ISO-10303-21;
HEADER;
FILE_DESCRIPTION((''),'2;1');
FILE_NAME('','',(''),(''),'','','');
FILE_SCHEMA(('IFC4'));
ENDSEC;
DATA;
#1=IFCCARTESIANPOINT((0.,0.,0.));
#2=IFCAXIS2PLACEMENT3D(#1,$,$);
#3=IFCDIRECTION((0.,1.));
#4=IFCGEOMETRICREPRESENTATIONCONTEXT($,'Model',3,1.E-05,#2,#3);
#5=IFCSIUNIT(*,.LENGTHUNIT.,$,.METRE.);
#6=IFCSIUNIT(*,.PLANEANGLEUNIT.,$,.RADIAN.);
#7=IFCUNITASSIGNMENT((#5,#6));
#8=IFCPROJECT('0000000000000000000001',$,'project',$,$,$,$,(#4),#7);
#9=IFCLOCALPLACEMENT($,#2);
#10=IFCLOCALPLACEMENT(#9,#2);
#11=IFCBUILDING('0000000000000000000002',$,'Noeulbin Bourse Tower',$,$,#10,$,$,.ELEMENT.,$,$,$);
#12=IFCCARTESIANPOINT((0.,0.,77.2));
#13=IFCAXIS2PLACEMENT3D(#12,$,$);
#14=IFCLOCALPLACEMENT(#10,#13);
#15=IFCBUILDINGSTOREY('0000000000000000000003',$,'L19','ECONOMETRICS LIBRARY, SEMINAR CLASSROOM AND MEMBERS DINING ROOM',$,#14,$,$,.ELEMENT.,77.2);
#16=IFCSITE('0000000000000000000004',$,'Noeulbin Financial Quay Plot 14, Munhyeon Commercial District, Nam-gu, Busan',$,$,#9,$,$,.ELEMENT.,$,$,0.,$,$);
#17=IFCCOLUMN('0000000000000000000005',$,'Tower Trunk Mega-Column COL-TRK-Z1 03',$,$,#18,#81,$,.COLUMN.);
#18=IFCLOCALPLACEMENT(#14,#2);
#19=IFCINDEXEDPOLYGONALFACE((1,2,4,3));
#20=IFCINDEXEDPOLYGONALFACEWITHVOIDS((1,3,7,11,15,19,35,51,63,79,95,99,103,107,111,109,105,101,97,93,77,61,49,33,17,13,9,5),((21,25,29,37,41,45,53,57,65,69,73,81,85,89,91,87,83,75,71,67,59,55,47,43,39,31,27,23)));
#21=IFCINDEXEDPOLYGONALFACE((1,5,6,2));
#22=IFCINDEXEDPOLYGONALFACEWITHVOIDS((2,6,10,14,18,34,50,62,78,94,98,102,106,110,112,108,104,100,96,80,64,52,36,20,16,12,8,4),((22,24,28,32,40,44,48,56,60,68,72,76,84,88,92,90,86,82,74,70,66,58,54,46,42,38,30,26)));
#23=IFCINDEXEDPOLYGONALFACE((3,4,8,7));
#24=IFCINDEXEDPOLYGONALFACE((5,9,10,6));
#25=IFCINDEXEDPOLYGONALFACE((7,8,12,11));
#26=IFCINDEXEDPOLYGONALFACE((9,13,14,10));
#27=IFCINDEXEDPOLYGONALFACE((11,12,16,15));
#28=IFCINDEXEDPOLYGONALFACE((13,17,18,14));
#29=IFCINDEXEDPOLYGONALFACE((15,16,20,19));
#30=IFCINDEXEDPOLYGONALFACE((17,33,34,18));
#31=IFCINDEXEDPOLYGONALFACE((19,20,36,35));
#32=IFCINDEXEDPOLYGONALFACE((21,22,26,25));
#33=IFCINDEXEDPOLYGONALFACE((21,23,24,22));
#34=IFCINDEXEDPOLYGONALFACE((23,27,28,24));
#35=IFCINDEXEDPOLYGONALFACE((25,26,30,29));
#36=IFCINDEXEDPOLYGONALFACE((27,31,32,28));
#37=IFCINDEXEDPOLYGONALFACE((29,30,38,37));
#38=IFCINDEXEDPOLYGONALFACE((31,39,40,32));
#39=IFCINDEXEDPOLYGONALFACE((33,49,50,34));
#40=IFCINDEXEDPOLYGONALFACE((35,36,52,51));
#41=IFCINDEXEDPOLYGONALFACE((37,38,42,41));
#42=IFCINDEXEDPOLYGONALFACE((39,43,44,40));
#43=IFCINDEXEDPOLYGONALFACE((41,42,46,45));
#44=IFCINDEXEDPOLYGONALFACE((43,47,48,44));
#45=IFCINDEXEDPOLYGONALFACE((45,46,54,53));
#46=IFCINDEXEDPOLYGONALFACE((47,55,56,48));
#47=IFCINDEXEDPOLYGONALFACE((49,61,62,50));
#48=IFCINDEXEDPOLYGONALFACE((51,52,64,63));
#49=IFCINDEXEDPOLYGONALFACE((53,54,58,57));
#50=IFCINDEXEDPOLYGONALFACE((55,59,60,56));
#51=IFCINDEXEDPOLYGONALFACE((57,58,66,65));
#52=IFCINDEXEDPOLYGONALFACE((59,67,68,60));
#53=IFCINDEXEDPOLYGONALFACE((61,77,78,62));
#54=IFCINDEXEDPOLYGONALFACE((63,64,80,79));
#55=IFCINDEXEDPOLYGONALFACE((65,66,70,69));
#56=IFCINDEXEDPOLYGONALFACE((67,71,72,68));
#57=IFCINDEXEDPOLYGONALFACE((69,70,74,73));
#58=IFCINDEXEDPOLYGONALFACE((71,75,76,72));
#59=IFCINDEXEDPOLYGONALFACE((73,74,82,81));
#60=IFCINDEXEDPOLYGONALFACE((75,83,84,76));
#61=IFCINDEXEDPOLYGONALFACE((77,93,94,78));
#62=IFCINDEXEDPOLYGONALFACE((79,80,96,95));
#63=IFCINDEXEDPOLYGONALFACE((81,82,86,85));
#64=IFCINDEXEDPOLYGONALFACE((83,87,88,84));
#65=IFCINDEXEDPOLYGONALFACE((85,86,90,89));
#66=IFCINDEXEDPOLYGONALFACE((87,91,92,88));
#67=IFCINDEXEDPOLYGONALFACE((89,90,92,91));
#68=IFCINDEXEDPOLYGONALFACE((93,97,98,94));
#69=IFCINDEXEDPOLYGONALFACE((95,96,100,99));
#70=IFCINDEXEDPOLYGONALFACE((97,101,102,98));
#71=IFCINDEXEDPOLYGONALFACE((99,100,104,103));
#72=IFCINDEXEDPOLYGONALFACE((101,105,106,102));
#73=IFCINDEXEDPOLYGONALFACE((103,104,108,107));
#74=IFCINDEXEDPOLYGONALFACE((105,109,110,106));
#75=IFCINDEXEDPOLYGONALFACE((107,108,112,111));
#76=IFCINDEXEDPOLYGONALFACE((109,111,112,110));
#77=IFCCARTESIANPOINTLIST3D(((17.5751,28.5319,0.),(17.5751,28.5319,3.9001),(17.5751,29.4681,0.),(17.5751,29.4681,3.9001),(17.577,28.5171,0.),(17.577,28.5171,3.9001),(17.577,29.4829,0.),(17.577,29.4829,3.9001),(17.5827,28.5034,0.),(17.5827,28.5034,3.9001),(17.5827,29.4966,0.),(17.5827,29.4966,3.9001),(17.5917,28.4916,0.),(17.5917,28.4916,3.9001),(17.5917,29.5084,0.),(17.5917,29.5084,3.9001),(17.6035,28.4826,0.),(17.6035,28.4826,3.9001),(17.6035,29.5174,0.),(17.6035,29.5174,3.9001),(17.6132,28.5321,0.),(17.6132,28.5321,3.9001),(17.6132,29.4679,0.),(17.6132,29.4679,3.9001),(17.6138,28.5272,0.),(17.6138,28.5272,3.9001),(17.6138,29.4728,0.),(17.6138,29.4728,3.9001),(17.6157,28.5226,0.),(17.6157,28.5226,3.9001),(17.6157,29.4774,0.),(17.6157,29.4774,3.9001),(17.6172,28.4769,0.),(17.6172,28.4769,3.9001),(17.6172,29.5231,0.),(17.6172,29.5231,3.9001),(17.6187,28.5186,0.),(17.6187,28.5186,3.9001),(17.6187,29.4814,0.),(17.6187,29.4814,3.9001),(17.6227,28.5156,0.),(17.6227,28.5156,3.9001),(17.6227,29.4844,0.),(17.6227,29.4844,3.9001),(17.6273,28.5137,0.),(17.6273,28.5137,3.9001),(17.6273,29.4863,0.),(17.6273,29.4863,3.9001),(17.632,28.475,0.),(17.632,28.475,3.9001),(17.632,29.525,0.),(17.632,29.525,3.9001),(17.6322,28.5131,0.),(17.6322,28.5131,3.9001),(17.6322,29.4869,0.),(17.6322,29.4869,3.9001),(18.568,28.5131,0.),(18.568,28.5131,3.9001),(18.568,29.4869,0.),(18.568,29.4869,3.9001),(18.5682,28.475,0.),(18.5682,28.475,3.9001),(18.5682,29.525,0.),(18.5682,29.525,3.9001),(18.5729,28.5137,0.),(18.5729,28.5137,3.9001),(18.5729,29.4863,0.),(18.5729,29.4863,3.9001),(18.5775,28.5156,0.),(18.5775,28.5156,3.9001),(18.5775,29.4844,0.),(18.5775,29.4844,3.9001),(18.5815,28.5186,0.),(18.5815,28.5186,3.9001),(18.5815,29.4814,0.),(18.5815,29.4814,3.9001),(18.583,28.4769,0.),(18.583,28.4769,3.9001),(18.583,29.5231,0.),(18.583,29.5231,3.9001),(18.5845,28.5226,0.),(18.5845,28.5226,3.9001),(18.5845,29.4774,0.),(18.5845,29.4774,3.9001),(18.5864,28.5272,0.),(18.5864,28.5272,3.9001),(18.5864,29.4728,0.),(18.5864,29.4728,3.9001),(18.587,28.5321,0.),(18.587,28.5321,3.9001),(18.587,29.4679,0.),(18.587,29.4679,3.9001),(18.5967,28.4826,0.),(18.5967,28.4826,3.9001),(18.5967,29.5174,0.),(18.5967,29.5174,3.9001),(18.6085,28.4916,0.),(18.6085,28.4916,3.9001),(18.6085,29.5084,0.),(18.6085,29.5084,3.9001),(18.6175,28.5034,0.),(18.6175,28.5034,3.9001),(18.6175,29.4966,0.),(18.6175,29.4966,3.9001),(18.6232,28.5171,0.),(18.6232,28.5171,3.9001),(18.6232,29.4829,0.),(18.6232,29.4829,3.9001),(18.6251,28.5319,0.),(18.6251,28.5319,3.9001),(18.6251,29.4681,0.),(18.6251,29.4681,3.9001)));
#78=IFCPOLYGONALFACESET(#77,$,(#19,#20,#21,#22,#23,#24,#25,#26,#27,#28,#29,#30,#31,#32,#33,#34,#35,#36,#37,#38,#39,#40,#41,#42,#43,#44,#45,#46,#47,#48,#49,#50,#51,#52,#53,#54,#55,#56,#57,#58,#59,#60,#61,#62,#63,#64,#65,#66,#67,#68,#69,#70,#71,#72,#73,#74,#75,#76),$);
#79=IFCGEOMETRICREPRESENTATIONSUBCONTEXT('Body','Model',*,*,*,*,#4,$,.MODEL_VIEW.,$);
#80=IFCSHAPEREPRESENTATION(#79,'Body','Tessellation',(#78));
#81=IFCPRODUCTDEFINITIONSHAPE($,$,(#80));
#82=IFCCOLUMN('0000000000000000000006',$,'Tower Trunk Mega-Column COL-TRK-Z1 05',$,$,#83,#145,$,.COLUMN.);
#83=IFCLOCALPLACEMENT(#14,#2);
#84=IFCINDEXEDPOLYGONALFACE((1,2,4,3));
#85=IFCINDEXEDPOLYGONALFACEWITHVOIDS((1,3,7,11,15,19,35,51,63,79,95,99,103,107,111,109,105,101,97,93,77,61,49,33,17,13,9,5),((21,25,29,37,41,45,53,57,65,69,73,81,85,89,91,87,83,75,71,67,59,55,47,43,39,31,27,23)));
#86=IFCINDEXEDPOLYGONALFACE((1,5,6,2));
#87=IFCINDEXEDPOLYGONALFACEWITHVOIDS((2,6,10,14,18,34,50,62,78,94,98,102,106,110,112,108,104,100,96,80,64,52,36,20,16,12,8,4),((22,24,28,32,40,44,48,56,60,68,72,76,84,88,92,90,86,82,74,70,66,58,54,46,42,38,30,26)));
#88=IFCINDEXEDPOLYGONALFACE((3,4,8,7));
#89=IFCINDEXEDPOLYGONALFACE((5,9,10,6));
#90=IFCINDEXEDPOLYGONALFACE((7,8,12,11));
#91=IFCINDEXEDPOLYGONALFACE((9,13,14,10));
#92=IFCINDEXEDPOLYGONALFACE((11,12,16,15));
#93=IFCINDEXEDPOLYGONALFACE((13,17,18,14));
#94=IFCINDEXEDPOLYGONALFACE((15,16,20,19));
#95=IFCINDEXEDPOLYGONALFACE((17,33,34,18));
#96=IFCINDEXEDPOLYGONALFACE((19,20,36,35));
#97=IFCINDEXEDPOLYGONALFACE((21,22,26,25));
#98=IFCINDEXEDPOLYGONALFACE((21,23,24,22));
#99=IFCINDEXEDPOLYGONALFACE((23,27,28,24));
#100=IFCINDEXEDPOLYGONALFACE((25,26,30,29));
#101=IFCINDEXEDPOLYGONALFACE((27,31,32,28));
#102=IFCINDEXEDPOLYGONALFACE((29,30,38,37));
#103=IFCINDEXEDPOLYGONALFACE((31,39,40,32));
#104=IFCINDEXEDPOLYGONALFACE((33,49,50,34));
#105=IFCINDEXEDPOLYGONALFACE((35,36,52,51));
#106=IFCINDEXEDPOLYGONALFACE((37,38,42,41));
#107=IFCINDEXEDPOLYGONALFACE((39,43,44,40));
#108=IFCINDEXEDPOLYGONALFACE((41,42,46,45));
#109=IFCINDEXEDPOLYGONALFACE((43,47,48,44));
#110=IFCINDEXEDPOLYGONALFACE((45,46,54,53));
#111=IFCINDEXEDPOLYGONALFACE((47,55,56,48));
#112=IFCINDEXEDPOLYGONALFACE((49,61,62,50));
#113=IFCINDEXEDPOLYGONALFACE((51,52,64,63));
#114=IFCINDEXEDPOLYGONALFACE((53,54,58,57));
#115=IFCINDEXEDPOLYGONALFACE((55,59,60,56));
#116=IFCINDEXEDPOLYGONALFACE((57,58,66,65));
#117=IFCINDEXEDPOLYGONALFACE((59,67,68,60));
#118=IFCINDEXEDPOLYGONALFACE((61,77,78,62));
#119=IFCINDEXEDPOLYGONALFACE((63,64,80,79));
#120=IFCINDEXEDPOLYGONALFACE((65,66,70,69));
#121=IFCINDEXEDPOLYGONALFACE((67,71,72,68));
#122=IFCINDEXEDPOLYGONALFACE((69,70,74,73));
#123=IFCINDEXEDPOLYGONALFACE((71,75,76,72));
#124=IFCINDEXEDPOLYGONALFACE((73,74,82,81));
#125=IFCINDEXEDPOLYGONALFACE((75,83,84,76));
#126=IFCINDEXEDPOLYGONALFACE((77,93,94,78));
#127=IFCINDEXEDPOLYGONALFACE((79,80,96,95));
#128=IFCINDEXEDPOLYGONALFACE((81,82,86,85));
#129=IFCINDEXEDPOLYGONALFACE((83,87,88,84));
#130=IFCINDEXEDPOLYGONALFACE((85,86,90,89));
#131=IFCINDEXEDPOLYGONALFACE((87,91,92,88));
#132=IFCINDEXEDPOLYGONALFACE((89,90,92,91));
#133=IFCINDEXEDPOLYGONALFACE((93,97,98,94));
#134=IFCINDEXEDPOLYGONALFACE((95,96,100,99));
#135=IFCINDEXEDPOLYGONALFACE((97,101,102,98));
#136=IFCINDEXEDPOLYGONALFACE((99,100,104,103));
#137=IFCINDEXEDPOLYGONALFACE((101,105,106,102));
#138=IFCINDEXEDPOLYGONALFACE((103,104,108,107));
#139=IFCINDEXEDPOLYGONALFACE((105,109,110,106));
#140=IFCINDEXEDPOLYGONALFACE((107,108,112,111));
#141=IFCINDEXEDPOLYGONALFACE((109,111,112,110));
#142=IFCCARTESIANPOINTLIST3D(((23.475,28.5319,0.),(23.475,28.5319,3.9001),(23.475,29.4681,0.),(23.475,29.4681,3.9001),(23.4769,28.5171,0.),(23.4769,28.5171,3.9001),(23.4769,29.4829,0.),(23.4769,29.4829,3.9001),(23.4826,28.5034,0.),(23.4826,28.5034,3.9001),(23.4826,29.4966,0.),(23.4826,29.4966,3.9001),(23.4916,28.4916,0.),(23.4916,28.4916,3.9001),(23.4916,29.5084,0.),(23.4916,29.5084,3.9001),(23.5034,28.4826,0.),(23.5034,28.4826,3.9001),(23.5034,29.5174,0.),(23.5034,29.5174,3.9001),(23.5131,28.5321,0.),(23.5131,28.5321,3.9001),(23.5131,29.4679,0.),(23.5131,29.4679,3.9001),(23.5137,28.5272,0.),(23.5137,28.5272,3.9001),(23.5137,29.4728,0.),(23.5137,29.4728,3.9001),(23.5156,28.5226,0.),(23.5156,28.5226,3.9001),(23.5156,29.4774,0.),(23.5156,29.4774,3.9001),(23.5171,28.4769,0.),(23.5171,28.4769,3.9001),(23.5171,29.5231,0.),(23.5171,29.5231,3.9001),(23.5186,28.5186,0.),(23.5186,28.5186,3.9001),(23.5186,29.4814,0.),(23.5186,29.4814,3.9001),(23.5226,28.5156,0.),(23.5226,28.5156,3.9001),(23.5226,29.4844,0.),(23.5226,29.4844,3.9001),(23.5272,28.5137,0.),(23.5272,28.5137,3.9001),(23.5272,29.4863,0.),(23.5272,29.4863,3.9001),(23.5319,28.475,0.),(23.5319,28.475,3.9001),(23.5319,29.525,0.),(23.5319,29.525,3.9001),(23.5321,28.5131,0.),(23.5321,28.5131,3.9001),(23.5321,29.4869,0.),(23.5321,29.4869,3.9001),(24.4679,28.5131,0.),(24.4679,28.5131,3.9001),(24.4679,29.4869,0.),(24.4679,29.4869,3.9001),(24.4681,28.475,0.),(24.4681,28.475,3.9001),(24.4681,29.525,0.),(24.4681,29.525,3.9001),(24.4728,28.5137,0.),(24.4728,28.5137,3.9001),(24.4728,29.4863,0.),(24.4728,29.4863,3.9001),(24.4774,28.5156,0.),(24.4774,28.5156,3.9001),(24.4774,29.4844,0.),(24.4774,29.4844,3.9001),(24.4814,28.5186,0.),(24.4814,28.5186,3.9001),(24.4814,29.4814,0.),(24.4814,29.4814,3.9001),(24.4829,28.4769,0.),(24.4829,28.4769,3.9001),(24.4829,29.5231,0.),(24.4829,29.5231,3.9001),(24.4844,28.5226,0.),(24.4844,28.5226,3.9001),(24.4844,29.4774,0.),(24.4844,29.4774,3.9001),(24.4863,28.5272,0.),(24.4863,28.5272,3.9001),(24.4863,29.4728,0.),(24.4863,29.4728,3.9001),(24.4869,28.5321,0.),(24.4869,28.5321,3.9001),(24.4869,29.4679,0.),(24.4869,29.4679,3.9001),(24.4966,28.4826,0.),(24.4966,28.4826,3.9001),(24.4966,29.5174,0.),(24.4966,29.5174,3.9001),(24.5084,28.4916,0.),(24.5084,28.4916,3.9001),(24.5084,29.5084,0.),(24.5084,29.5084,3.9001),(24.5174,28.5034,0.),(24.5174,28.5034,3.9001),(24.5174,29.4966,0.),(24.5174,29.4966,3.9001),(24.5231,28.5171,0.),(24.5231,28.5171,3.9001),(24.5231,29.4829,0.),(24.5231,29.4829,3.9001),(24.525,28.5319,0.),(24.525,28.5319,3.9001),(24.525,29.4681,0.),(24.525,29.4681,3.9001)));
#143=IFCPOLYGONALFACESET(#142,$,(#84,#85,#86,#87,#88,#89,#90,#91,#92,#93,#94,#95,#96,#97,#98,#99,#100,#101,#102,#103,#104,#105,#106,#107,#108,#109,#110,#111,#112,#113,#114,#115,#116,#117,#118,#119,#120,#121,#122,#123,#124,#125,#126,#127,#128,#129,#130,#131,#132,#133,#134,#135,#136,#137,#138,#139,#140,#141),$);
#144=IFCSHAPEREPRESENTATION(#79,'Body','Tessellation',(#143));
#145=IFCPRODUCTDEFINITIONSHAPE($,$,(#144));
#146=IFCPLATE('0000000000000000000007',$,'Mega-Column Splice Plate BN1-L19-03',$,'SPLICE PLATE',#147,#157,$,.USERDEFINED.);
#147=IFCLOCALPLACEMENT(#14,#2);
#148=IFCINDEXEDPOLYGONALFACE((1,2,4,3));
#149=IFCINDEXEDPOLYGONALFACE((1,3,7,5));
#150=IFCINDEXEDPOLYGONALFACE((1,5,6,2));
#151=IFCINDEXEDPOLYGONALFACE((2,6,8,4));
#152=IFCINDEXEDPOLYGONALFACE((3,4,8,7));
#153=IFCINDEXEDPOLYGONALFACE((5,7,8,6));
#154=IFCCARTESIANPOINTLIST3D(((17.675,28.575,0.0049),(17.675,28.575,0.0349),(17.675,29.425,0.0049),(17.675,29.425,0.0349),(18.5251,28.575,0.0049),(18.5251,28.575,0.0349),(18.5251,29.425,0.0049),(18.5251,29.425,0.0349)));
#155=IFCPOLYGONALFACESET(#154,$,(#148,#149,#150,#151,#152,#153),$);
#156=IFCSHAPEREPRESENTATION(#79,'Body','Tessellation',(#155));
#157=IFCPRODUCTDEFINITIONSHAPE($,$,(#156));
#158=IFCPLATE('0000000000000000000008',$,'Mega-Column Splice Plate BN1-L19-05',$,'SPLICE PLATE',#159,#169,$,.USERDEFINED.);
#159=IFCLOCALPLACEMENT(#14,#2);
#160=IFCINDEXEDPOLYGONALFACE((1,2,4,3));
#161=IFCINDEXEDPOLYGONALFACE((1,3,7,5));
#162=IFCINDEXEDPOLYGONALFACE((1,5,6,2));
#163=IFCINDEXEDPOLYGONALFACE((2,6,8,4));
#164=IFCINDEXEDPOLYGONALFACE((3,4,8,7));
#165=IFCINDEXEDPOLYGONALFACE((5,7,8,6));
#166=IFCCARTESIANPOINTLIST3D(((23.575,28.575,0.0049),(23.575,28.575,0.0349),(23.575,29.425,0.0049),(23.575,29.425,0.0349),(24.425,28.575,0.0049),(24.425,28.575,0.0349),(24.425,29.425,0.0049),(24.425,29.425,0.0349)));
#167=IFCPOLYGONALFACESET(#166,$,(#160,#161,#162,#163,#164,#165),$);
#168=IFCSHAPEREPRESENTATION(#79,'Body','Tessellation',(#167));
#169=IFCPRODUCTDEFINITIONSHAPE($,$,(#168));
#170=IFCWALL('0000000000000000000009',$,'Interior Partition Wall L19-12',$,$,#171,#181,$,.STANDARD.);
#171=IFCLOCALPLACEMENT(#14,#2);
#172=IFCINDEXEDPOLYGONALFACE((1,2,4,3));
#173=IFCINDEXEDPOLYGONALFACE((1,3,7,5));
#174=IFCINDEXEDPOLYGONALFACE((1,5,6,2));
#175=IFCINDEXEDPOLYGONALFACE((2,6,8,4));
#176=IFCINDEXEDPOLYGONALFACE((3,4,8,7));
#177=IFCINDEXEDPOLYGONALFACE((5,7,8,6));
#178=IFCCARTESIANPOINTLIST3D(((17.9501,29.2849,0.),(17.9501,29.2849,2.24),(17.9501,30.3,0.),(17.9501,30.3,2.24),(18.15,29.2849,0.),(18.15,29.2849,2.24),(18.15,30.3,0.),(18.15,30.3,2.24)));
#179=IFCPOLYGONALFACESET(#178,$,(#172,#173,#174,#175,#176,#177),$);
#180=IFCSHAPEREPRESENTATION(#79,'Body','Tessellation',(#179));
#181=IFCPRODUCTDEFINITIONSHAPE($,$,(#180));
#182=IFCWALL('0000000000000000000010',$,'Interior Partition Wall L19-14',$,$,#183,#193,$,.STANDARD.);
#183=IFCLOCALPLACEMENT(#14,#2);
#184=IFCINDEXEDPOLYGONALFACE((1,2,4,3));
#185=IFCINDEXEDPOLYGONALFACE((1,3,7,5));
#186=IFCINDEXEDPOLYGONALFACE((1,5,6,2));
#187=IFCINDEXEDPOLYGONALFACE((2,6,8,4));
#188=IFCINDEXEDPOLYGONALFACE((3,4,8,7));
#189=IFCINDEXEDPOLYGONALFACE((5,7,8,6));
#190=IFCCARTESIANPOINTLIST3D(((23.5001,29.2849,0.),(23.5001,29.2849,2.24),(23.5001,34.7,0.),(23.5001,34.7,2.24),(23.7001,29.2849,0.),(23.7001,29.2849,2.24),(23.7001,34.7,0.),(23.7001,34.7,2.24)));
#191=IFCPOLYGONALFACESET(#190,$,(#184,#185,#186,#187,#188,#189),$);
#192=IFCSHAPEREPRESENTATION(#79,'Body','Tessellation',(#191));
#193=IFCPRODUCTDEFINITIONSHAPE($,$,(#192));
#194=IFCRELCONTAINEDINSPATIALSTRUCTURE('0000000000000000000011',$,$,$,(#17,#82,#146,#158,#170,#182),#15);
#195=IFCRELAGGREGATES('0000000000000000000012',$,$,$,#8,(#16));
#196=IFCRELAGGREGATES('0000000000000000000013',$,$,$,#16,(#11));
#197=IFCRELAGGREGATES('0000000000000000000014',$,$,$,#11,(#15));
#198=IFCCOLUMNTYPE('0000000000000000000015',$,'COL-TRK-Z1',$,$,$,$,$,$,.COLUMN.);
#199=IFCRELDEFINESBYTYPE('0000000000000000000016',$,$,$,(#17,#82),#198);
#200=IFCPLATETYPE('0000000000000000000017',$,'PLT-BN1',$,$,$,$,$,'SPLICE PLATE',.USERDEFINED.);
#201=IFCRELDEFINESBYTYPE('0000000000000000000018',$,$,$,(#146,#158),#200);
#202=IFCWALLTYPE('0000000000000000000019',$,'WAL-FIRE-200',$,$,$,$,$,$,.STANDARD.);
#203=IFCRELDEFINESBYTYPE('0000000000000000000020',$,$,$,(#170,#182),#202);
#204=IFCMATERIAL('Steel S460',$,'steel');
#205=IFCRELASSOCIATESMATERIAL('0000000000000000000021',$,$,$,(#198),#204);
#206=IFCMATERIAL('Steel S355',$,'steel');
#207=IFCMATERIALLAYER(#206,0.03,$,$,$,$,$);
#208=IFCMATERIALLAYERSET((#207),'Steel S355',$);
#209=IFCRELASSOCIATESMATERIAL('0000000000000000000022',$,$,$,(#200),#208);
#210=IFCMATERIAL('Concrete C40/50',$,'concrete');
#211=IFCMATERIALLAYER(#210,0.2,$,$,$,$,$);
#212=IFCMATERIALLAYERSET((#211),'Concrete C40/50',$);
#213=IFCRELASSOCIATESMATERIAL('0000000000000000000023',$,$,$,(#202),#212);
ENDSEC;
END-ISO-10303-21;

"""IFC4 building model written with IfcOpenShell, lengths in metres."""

from ifc_helpers import new_model, si_unit, direction, frame, frame_2d, origin, origin_2d, place, context, subcontext, project, spatial, rectangle, hollow_rectangle, extrude, material, layer, layer_set, material_profile, profile_set, type_object, element, save


model = new_model("IFC4")

# Units and contexts
model_context = context("Model", 3, precision=1e-05, world=origin(), true_north=direction((0.0, 1.0)))
body_context = subcontext(model_context, "Body", "Model", "MODEL_VIEW")
ifc_project = project(units=[si_unit("LENGTHUNIT", "METRE"), si_unit("PLANEANGLEUNIT", "RADIAN")], contexts=[model_context])

# Site, building, storey
site_placement = place(None, origin())
site = spatial("IfcSite", under=ifc_project, at=site_placement, Name="Noeulbin Financial Quay Plot 14, Munhyeon Commercial District, Nam-gu, Busan", CompositionType="ELEMENT", RefElevation=0.0)
building_placement = place(site_placement, origin())
building = spatial("IfcBuilding", under=site, at=building_placement, Name="Noeulbin Bourse Tower", CompositionType="ELEMENT")
storey_placement = place(building_placement, frame((0.0, 0.0, 77.2)))
storey = spatial("IfcBuildingStorey", under=building, at=storey_placement, Name="L19", Description="ECONOMETRICS LIBRARY, SEMINAR CLASSROOM AND MEMBERS DINING ROOM", CompositionType="ELEMENT", Elevation=77.2)

# Columns
ifc_material_1 = material(Name="Steel S460", Category="steel")
ifc_material_profile = material_profile(ifc_material_1, hollow_rectangle(XDim=1.05, YDim=1.05, WallThickness=0.0381, InnerFilletRadius=0.019, OuterFilletRadius=0.0569, at=origin_2d()), Name="BOX-1050x1050x38", Category="LoadBearing")
ifc_profile_set = profile_set([ifc_material_profile], Name="Steel S460")
column_type = type_object("IfcColumnType", Name="COL-TRK-Z1", PredefinedType="COLUMN", material=ifc_profile_set)
for number, where, z_axis, x_axis, name in (
    (1, (18.1001, 29.0, 0.0), (0.0, 0.0, 1.0), (1.0, 0.0, 0.0), "Tower Trunk Mega-Column COL-TRK-Z1 03"),
    (2, (24.0, 29.0, 0.0), (0.0, 0.0, 1.0), (1.0, 0.0, 0.0), "Tower Trunk Mega-Column COL-TRK-Z1 05"),
):
    element("IfcColumn", number, at=place(storey_placement, frame(where, z_axis=z_axis, x_axis=x_axis)), inside=storey, type_object=column_type, Name=name, PredefinedType="COLUMN", context=body_context, shape_type="SweptSolid", body=[
        extrude(hollow_rectangle(XDim=1.05, YDim=1.05, WallThickness=0.0381, InnerFilletRadius=0.019, OuterFilletRadius=0.0569, at=origin_2d()), origin(), (0.0, 0.0, 1.0), 3.9001),
    ])

# Plates
ifc_material_2 = material(Name="Steel S355", Category="steel")
ifc_layer_1 = layer(ifc_material_2, 0.03)
ifc_layer_set_1 = layer_set([ifc_layer_1], Name="Steel S355")
plate_type = type_object("IfcPlateType", Name="PLT-BN1", ElementType="SPLICE PLATE", PredefinedType="USERDEFINED", material=ifc_layer_set_1)
for number, where, z_axis, x_axis, name in (
    (3, (18.1001, 29.0, 0.0049), (0.0, 0.0, 1.0), (1.0, 0.0, 0.0), "Mega-Column Splice Plate BN1-L19-03"),
    (4, (24.0, 29.0, 0.0049), (0.0, 0.0, 1.0), (1.0, 0.0, 0.0), "Mega-Column Splice Plate BN1-L19-05"),
):
    element("IfcPlate", number, at=place(storey_placement, frame(where, z_axis=z_axis, x_axis=x_axis)), inside=storey, type_object=plate_type, Name=name, ObjectType="SPLICE PLATE", PredefinedType="USERDEFINED", context=body_context, shape_type="SweptSolid", body=[
        extrude(rectangle(XDim=0.8501, YDim=0.8501, at=origin_2d()), origin(), (0.0, 0.0, 1.0), 0.03),
    ])

# Walls
ifc_material_3 = material(Name="Concrete C40/50", Category="concrete")
ifc_layer_2 = layer(ifc_material_3, 0.2)
ifc_layer_set_2 = layer_set([ifc_layer_2], Name="Concrete C40/50")
wall_type_1 = type_object("IfcWallType", Name="WAL-FIRE-200", PredefinedType="STANDARD", material=ifc_layer_set_2)
wall_1_placement = place(storey_placement, frame((18.05, 29.2849, 0.0), z_axis=(0.0, 0.0, 1.0), x_axis=(0.0, 1.0, 0.0)))
element("IfcWall", 5, at=wall_1_placement, inside=storey, type_object=wall_type_1, Name="Interior Partition Wall L19-12", PredefinedType="STANDARD", context=body_context, shape_type="SweptSolid", body=[
    extrude(rectangle(XDim=1.0151, YDim=0.2, at=frame_2d((0.5076, 0.0))), origin(), (0.0, 0.0, 1.0), 2.24),
])
wall_2_placement = place(storey_placement, frame((23.6001, 29.2849, 0.0), z_axis=(0.0, 0.0, 1.0), x_axis=(0.0, 1.0, 0.0)))
element("IfcWall", 6, at=wall_2_placement, inside=storey, type_object=wall_type_1, Name="Interior Partition Wall L19-14", PredefinedType="STANDARD", context=body_context, shape_type="SweptSolid", body=[
    extrude(rectangle(XDim=5.415, YDim=0.2, at=frame_2d((2.7075, 0.0))), origin(), (0.0, 0.0, 1.0), 2.24),
])

save(model, "model.ifc")
